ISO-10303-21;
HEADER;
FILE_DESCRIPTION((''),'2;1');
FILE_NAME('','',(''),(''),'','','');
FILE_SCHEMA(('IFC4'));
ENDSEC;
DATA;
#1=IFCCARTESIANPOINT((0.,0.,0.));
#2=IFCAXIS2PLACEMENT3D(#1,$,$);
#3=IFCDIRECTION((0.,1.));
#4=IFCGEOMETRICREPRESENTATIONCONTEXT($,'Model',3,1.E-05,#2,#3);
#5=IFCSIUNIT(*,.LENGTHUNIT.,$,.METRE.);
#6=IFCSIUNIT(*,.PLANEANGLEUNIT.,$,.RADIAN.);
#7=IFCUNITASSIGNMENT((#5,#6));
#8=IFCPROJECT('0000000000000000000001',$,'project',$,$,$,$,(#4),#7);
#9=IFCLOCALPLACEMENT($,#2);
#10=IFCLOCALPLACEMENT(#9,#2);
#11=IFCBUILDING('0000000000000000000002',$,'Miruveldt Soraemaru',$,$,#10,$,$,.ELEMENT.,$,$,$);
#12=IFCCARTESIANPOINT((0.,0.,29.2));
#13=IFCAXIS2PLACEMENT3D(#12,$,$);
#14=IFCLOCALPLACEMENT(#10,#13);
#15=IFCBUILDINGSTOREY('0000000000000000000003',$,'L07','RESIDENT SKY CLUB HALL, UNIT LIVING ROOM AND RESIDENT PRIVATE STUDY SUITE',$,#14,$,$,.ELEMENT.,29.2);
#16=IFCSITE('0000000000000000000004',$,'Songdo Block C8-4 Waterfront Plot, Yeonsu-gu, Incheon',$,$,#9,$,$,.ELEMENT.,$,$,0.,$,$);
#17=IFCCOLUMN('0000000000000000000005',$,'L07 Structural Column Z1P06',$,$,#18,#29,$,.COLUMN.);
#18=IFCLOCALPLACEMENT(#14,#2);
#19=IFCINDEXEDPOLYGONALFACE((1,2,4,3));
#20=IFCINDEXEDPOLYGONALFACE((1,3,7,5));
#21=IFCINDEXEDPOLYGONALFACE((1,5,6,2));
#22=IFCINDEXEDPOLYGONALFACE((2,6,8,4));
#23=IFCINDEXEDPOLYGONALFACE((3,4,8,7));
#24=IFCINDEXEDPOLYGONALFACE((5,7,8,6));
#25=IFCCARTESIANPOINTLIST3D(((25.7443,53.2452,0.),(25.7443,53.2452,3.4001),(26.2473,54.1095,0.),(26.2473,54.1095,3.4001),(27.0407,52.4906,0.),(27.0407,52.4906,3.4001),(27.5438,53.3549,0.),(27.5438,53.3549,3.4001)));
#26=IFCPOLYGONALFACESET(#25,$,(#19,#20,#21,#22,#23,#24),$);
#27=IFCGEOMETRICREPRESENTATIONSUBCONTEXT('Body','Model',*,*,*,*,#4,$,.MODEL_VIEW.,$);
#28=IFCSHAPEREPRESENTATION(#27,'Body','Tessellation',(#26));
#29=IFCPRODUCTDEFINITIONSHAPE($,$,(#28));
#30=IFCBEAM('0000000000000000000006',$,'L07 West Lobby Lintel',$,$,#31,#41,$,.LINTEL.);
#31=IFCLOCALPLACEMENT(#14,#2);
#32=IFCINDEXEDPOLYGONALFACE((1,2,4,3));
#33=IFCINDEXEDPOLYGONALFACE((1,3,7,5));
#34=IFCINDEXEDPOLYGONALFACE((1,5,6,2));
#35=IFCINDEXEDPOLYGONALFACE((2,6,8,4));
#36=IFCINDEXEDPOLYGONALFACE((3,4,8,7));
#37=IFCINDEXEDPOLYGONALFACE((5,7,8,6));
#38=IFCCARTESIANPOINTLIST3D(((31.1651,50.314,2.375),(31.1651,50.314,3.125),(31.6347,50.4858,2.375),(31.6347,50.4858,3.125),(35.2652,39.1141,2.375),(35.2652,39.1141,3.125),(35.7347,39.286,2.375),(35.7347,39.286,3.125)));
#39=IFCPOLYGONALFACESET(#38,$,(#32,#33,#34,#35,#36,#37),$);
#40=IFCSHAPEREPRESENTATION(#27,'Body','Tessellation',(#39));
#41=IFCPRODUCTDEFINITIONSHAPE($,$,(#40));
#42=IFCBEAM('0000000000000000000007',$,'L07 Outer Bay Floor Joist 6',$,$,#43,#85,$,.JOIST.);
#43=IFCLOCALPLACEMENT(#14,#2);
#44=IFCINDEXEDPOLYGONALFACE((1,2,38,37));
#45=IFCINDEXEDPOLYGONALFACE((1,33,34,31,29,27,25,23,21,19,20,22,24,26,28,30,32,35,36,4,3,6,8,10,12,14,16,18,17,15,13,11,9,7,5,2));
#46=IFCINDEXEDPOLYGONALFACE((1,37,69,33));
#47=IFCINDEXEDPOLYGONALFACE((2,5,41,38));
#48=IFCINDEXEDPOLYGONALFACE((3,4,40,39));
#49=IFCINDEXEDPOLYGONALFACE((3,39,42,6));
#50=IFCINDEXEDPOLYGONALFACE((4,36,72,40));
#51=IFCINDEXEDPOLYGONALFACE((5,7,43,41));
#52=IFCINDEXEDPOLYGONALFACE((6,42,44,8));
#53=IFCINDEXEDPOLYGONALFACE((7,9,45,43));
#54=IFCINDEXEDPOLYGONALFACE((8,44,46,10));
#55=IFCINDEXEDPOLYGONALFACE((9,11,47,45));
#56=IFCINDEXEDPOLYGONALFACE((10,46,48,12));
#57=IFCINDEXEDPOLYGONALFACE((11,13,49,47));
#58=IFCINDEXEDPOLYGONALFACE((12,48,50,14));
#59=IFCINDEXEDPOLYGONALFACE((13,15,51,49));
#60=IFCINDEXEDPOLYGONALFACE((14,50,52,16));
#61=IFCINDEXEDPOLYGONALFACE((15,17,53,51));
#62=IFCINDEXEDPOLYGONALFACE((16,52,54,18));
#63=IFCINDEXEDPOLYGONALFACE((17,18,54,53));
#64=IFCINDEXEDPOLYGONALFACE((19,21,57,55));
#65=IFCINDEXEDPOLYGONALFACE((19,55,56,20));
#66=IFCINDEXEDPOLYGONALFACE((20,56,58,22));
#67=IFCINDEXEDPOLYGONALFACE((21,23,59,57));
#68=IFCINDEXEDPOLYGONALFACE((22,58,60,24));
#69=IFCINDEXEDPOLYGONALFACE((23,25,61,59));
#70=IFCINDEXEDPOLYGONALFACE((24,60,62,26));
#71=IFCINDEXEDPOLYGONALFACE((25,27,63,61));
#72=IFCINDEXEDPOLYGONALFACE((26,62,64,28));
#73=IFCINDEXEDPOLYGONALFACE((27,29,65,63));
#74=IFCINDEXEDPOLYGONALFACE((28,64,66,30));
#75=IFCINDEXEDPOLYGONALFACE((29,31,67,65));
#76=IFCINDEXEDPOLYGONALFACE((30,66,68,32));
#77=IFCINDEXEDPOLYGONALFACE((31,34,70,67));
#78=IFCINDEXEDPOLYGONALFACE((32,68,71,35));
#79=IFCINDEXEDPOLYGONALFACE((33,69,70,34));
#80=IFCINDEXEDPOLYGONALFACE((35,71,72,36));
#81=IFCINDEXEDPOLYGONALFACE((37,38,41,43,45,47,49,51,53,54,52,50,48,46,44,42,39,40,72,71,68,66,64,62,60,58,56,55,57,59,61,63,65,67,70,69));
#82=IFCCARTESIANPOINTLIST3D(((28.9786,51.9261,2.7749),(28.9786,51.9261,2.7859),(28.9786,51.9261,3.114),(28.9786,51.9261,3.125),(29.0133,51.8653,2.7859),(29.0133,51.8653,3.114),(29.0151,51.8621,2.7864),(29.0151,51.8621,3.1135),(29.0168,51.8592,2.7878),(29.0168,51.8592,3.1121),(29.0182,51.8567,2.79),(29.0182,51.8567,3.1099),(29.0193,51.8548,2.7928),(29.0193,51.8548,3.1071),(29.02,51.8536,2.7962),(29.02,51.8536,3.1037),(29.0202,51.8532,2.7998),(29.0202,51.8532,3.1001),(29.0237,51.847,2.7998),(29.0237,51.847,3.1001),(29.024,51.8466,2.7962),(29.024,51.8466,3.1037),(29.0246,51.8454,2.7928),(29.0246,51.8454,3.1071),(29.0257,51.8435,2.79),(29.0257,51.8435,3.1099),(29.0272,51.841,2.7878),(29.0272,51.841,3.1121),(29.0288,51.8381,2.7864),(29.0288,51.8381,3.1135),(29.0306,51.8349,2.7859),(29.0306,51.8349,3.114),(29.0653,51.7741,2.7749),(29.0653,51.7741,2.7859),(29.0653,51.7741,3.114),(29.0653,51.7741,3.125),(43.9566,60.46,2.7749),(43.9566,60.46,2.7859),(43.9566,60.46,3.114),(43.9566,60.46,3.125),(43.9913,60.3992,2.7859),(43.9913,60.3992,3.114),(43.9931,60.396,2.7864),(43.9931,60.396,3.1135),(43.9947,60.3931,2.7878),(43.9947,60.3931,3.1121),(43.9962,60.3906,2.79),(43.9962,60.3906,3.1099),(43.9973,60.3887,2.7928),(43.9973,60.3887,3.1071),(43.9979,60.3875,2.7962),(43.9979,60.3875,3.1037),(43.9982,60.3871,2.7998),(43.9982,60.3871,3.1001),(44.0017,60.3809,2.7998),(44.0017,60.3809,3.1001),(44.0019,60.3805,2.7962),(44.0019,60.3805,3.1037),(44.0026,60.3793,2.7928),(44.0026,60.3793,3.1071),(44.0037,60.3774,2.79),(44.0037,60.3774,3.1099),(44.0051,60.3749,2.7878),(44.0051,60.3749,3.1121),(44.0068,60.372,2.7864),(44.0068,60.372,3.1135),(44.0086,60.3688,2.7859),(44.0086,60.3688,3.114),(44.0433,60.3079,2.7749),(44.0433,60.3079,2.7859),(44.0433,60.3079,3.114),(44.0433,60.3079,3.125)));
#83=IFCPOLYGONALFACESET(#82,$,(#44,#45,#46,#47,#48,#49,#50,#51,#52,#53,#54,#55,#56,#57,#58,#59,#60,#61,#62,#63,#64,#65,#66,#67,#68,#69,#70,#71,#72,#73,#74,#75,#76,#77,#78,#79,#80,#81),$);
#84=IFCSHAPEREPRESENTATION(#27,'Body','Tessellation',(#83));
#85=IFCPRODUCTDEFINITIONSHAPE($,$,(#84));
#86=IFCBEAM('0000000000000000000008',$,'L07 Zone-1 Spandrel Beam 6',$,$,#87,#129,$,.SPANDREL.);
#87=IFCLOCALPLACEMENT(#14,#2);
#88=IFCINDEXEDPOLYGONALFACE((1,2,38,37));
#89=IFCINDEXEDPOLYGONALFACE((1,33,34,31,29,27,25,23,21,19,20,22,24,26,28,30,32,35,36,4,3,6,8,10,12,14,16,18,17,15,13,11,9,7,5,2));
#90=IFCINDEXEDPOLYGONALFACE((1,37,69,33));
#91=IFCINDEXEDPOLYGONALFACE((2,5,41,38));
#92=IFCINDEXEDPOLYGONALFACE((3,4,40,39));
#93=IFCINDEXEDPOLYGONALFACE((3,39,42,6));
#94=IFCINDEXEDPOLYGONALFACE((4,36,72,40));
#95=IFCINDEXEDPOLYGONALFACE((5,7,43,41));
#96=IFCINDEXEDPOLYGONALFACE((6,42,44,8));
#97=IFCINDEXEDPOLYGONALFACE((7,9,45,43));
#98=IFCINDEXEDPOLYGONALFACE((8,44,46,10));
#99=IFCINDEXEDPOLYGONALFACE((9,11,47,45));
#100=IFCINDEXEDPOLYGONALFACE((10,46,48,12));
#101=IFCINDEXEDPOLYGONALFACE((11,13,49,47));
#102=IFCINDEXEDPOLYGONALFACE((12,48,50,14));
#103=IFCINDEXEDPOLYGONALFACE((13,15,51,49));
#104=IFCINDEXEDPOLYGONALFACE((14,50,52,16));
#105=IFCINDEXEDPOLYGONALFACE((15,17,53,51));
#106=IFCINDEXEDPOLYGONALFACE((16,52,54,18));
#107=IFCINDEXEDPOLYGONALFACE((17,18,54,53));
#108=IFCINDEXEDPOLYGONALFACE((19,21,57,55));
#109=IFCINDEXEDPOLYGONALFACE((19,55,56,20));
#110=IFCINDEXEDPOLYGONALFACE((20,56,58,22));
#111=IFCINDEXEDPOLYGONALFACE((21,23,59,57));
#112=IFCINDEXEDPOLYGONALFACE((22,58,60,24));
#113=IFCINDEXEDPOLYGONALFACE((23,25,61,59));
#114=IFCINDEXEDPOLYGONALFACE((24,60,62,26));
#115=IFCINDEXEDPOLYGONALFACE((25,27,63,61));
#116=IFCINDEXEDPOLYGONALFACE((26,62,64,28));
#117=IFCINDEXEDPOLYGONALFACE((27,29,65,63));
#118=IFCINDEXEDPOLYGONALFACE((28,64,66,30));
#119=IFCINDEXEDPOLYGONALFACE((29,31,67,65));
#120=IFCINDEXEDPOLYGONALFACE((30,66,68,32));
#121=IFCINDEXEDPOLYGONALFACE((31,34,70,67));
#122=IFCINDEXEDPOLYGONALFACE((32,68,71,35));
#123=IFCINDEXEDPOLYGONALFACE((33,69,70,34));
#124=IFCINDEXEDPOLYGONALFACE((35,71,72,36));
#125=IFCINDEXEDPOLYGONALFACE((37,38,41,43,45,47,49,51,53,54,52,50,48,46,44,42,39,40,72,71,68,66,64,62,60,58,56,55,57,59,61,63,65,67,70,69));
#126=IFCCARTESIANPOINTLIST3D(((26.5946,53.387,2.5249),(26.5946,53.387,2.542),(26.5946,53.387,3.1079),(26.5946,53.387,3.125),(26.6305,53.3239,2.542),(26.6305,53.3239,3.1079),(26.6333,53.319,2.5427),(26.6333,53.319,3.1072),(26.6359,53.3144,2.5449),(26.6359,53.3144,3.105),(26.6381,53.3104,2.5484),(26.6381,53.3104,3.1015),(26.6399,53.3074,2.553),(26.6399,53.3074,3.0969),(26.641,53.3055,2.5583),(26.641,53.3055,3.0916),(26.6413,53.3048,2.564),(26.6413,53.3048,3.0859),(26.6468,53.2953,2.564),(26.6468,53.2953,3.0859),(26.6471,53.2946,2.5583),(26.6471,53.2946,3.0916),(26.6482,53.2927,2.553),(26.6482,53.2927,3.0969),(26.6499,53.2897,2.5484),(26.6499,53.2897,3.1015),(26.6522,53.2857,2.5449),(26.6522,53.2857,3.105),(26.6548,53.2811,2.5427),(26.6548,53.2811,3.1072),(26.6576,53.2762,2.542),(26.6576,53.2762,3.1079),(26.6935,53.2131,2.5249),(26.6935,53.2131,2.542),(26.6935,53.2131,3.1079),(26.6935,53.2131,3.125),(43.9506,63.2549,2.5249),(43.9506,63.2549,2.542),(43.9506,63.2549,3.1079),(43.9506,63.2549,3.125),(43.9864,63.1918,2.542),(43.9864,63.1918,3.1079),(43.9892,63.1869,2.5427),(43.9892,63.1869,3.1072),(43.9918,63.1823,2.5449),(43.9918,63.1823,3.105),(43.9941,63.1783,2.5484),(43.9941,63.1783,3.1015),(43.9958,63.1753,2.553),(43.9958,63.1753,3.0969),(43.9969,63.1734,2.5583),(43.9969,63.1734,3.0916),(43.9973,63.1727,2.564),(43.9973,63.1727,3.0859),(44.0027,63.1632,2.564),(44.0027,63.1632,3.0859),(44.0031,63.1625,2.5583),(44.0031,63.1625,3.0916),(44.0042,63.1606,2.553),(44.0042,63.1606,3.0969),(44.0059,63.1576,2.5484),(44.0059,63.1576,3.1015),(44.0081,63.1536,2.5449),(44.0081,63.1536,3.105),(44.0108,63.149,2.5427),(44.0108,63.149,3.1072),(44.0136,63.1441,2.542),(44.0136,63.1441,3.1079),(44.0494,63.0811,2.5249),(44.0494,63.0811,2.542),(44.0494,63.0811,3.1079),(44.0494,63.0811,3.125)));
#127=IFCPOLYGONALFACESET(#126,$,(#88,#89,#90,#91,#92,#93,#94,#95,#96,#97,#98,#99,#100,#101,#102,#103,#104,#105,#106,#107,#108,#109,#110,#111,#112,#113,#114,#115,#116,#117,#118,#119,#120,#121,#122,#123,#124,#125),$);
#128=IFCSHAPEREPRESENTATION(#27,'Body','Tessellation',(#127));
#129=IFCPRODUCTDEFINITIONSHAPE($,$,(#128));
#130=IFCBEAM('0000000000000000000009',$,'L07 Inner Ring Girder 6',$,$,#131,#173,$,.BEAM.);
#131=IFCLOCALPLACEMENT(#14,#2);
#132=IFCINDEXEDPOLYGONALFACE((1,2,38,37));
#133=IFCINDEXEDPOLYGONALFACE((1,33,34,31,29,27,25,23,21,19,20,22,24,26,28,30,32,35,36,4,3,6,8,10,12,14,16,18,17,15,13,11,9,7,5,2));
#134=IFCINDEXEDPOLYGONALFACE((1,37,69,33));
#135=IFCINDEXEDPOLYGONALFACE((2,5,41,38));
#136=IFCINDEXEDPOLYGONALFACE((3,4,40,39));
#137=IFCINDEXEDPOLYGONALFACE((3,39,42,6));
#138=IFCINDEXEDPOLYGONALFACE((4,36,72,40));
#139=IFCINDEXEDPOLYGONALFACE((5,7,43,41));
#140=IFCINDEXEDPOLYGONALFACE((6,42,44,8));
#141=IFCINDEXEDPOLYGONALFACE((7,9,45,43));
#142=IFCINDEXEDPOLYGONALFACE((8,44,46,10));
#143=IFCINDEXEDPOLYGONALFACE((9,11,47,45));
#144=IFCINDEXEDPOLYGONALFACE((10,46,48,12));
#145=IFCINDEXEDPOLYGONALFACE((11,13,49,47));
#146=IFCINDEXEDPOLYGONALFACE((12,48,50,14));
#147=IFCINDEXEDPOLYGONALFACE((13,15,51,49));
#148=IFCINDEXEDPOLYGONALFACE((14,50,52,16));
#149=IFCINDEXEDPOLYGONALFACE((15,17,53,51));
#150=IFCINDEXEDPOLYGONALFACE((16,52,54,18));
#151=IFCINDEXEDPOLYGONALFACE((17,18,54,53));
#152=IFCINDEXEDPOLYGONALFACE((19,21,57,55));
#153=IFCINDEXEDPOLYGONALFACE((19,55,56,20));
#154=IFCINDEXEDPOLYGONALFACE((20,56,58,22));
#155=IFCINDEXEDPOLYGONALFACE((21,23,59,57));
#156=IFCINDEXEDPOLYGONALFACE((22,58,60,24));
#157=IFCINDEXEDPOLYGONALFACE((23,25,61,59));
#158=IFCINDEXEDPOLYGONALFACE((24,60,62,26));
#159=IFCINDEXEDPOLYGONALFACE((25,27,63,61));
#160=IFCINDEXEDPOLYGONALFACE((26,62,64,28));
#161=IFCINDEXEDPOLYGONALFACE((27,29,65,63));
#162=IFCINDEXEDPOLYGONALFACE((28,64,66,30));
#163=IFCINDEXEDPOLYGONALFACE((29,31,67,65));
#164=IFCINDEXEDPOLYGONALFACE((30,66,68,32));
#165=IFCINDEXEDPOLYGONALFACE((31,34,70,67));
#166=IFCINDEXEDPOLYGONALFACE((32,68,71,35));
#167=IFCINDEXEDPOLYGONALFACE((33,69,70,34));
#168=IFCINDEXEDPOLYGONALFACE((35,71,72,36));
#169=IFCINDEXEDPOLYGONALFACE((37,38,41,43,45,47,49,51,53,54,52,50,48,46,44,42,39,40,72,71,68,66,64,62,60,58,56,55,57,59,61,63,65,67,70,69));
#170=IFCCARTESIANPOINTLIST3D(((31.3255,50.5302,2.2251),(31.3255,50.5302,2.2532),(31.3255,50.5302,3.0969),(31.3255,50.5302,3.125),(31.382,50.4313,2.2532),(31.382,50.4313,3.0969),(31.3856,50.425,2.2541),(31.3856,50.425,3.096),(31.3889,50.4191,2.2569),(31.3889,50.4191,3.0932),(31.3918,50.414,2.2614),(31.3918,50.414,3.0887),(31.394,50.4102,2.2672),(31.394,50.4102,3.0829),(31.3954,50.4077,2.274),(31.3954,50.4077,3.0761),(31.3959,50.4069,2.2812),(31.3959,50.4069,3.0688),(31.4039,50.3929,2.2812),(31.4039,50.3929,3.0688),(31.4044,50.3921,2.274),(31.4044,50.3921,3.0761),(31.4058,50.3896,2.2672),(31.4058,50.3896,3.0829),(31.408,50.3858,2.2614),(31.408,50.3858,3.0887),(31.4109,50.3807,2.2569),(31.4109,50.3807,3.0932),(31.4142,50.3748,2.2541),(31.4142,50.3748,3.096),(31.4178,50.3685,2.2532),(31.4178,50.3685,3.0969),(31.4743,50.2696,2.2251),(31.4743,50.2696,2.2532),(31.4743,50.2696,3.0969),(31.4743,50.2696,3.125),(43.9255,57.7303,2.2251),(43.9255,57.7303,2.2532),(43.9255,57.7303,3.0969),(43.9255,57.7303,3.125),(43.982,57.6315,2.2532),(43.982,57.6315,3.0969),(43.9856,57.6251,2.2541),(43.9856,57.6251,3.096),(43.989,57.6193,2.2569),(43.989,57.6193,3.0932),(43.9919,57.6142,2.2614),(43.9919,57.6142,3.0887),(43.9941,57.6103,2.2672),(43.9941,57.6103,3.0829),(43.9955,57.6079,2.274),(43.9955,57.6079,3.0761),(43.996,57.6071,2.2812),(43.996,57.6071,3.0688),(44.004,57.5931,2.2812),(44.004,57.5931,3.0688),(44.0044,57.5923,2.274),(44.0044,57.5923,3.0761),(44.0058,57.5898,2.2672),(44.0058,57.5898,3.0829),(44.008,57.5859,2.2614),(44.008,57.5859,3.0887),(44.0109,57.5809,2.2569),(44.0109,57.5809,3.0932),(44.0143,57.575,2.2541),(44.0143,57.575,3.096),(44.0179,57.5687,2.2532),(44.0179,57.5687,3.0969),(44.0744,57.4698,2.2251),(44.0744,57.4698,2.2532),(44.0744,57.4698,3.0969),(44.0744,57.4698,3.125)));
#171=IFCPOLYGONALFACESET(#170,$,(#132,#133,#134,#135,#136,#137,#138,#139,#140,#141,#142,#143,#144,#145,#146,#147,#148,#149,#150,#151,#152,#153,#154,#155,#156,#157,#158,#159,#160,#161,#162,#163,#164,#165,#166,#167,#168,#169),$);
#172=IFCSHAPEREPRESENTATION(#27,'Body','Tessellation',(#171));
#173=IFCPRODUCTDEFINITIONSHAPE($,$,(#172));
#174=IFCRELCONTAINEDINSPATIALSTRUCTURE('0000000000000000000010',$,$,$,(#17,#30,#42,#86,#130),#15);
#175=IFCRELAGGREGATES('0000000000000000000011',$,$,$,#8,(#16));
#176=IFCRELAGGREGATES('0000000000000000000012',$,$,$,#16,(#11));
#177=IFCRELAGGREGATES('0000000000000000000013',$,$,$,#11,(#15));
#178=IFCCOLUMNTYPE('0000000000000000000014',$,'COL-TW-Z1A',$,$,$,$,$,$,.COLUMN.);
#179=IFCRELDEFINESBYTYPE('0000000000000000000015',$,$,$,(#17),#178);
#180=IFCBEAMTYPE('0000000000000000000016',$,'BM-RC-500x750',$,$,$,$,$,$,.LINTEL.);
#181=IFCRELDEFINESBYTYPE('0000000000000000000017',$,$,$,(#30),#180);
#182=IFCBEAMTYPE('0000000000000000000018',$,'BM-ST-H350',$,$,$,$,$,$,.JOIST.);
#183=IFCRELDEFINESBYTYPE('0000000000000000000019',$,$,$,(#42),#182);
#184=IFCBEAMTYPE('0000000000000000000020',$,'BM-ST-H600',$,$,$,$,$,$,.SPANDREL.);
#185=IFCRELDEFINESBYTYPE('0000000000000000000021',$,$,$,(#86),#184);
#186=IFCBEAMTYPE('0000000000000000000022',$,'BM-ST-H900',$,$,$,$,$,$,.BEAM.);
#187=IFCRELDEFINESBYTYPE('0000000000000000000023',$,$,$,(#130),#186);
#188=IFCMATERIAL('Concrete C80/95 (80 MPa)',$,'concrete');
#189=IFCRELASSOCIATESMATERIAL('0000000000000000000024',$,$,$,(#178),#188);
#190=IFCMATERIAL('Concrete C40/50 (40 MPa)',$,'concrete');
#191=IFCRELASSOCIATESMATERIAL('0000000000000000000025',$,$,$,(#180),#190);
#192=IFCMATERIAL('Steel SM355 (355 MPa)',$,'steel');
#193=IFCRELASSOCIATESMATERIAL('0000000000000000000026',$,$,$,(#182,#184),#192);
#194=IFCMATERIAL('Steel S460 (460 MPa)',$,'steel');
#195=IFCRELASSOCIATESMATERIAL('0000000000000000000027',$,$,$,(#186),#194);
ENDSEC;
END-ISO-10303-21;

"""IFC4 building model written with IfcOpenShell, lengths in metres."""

from ifc_helpers import new_model, si_unit, direction, frame, origin, origin_2d, place, context, subcontext, project, spatial, rectangle, i_section, extrude, material, material_profile, profile_set, type_object, element, save


model = new_model("IFC4")

# Units and contexts
model_context = context("Model", 3, precision=1e-05, world=origin(), true_north=direction((0.0, 1.0)))
body_context = subcontext(model_context, "Body", "Model", "MODEL_VIEW")
ifc_project = project(units=[si_unit("LENGTHUNIT", "METRE"), si_unit("PLANEANGLEUNIT", "RADIAN")], contexts=[model_context])

# Site, building, storey
site_placement = place(None, origin())
site = spatial("IfcSite", under=ifc_project, at=site_placement, Name="Songdo Block C8-4 Waterfront Plot, Yeonsu-gu, Incheon", CompositionType="ELEMENT", RefElevation=0.0)
building_placement = place(site_placement, origin())
building = spatial("IfcBuilding", under=site, at=building_placement, Name="Miruveldt Soraemaru", CompositionType="ELEMENT")
storey_placement = place(building_placement, frame((0.0, 0.0, 29.2)))
storey = spatial("IfcBuildingStorey", under=building, at=storey_placement, Name="L07", Description="RESIDENT SKY CLUB HALL, UNIT LIVING ROOM AND RESIDENT PRIVATE STUDY SUITE", CompositionType="ELEMENT", Elevation=29.2)

# Column
ifc_material_1 = material(Name="Concrete C80/95 (80 MPa)", Category="concrete")
ifc_material_profile_1 = material_profile(ifc_material_1, rectangle(XDim=1.5, YDim=1.0, at=origin_2d()), Name="Concrete C80/95 (80 MPa)", Category="concrete")
ifc_profile_set_1 = profile_set([ifc_material_profile_1], Name="Concrete C80/95 (80 MPa)")
column_type = type_object("IfcColumnType", Name="COL-TW-Z1A", PredefinedType="COLUMN", material=ifc_profile_set_1)
column_placement = place(storey_placement, frame((26.644, 53.3, 0.0), z_axis=(0.0, 0.0, 1.0), x_axis=(-0.864275, 0.50302, 0.0)))
element("IfcColumn", 1, at=column_placement, inside=storey, type_object=column_type, Name="L07 Structural Column Z1P06", PredefinedType="COLUMN", context=body_context, shape_type="SweptSolid", body=[
    extrude(rectangle(XDim=1.5, YDim=1.0, at=origin_2d()), origin(), (0.0, 0.0, 1.0), 3.4001),
])

# Beams
ifc_material_2 = material(Name="Concrete C40/50 (40 MPa)", Category="concrete")
ifc_material_profile_2 = material_profile(ifc_material_2, rectangle(XDim=0.5, YDim=0.75, at=origin_2d()), Name="Concrete C40/50 (40 MPa)", Category="concrete")
ifc_profile_set_2 = profile_set([ifc_material_profile_2], Name="Concrete C40/50 (40 MPa)")
beam_type_1 = type_object("IfcBeamType", Name="BM-RC-500x750", PredefinedType="LINTEL", material=ifc_profile_set_2)
beam_1_placement = place(storey_placement, frame((31.3999, 50.3999, 2.75), z_axis=(0.34377, -0.939054, 0.0), x_axis=(0.939054, 0.34377, 0.0)))
element("IfcBeam", 2, at=beam_1_placement, inside=storey, type_object=beam_type_1, Name="L07 West Lobby Lintel", PredefinedType="LINTEL", context=body_context, shape_type="SweptSolid", body=[
    extrude(rectangle(XDim=0.5, YDim=0.75, at=origin_2d()), origin(), (0.0, 0.0, 1.0), 11.9268),
])
ifc_material_3 = material(Name="Steel SM355 (355 MPa)", Category="steel")
ifc_material_profile_3 = material_profile(ifc_material_3, i_section(OverallWidth=0.175, OverallDepth=0.3501, WebThickness=0.0071, FlangeThickness=0.011, FilletRadius=0.0139, at=origin_2d()), Name="Steel SM355 (355 MPa)", Category="steel")
ifc_profile_set_3 = profile_set([ifc_material_profile_3], Name="Steel SM355 (355 MPa)")
beam_type_2 = type_object("IfcBeamType", Name="BM-ST-H350", PredefinedType="JOIST", material=ifc_profile_set_3)
beam_2_placement = place(storey_placement, frame((29.022, 51.8501, 2.95), z_axis=(0.868866, 0.495048, 0.0), x_axis=(-0.495048, 0.868866, 0.0)))
element("IfcBeam", 3, at=beam_2_placement, inside=storey, type_object=beam_type_2, Name="L07 Outer Bay Floor Joist 6", PredefinedType="JOIST", context=body_context, shape_type="SweptSolid", body=[
    extrude(i_section(OverallWidth=0.175, OverallDepth=0.3501, WebThickness=0.0071, FlangeThickness=0.011, FilletRadius=0.0139, at=origin_2d()), origin(), (0.0, 0.0, 1.0), 17.2385),
])
ifc_material_profile_4 = material_profile(ifc_material_3, i_section(OverallWidth=0.2, OverallDepth=0.6001, WebThickness=0.011, FlangeThickness=0.0171, FilletRadius=0.022, at=origin_2d()), Name="Steel SM355 (355 MPa)", Category="steel")
ifc_profile_set_4 = profile_set([ifc_material_profile_4], Name="Steel SM355 (355 MPa)")
beam_type_3 = type_object("IfcBeamType", Name="BM-ST-H600", PredefinedType="SPANDREL", material=ifc_profile_set_4)
beam_3_placement = place(storey_placement, frame((26.644, 53.3, 2.825), z_axis=(0.869315, 0.494259, 0.0), x_axis=(-0.494259, 0.869315, 0.0)))
element("IfcBeam", 4, at=beam_3_placement, inside=storey, type_object=beam_type_3, Name="L07 Zone-1 Spandrel Beam 6", PredefinedType="SPANDREL", context=body_context, shape_type="SweptSolid", body=[
    extrude(i_section(OverallWidth=0.2, OverallDepth=0.6001, WebThickness=0.011, FlangeThickness=0.0171, FilletRadius=0.022, at=origin_2d()), origin(), (0.0, 0.0, 1.0), 19.9651),
])
ifc_material_4 = material(Name="Steel S460 (460 MPa)", Category="steel")
ifc_material_profile_5 = material_profile(ifc_material_4, i_section(OverallWidth=0.3, OverallDepth=0.8999, WebThickness=0.0161, FlangeThickness=0.0281, FilletRadius=0.0281, at=origin_2d()), Name="Steel S460 (460 MPa)", Category="steel")
ifc_profile_set_5 = profile_set([ifc_material_profile_5], Name="Steel S460 (460 MPa)")
beam_type_4 = type_object("IfcBeamType", Name="BM-ST-H900", PredefinedType="BEAM", material=ifc_profile_set_5)
beam_4_placement = place(storey_placement, frame((31.3999, 50.3999, 2.675), z_axis=(0.868239, 0.496146, 0.0), x_axis=(-0.496146, 0.868239, 0.0)))
element("IfcBeam", 5, at=beam_4_placement, inside=storey, type_object=beam_type_4, Name="L07 Inner Ring Girder 6", PredefinedType="BEAM", context=body_context, shape_type="SweptSolid", body=[
    extrude(i_section(OverallWidth=0.3, OverallDepth=0.8999, WebThickness=0.0161, FlangeThickness=0.0281, FilletRadius=0.0281, at=origin_2d()), origin(), (0.0, 0.0, 1.0), 14.5122),
])

save(model, "model.ifc")
